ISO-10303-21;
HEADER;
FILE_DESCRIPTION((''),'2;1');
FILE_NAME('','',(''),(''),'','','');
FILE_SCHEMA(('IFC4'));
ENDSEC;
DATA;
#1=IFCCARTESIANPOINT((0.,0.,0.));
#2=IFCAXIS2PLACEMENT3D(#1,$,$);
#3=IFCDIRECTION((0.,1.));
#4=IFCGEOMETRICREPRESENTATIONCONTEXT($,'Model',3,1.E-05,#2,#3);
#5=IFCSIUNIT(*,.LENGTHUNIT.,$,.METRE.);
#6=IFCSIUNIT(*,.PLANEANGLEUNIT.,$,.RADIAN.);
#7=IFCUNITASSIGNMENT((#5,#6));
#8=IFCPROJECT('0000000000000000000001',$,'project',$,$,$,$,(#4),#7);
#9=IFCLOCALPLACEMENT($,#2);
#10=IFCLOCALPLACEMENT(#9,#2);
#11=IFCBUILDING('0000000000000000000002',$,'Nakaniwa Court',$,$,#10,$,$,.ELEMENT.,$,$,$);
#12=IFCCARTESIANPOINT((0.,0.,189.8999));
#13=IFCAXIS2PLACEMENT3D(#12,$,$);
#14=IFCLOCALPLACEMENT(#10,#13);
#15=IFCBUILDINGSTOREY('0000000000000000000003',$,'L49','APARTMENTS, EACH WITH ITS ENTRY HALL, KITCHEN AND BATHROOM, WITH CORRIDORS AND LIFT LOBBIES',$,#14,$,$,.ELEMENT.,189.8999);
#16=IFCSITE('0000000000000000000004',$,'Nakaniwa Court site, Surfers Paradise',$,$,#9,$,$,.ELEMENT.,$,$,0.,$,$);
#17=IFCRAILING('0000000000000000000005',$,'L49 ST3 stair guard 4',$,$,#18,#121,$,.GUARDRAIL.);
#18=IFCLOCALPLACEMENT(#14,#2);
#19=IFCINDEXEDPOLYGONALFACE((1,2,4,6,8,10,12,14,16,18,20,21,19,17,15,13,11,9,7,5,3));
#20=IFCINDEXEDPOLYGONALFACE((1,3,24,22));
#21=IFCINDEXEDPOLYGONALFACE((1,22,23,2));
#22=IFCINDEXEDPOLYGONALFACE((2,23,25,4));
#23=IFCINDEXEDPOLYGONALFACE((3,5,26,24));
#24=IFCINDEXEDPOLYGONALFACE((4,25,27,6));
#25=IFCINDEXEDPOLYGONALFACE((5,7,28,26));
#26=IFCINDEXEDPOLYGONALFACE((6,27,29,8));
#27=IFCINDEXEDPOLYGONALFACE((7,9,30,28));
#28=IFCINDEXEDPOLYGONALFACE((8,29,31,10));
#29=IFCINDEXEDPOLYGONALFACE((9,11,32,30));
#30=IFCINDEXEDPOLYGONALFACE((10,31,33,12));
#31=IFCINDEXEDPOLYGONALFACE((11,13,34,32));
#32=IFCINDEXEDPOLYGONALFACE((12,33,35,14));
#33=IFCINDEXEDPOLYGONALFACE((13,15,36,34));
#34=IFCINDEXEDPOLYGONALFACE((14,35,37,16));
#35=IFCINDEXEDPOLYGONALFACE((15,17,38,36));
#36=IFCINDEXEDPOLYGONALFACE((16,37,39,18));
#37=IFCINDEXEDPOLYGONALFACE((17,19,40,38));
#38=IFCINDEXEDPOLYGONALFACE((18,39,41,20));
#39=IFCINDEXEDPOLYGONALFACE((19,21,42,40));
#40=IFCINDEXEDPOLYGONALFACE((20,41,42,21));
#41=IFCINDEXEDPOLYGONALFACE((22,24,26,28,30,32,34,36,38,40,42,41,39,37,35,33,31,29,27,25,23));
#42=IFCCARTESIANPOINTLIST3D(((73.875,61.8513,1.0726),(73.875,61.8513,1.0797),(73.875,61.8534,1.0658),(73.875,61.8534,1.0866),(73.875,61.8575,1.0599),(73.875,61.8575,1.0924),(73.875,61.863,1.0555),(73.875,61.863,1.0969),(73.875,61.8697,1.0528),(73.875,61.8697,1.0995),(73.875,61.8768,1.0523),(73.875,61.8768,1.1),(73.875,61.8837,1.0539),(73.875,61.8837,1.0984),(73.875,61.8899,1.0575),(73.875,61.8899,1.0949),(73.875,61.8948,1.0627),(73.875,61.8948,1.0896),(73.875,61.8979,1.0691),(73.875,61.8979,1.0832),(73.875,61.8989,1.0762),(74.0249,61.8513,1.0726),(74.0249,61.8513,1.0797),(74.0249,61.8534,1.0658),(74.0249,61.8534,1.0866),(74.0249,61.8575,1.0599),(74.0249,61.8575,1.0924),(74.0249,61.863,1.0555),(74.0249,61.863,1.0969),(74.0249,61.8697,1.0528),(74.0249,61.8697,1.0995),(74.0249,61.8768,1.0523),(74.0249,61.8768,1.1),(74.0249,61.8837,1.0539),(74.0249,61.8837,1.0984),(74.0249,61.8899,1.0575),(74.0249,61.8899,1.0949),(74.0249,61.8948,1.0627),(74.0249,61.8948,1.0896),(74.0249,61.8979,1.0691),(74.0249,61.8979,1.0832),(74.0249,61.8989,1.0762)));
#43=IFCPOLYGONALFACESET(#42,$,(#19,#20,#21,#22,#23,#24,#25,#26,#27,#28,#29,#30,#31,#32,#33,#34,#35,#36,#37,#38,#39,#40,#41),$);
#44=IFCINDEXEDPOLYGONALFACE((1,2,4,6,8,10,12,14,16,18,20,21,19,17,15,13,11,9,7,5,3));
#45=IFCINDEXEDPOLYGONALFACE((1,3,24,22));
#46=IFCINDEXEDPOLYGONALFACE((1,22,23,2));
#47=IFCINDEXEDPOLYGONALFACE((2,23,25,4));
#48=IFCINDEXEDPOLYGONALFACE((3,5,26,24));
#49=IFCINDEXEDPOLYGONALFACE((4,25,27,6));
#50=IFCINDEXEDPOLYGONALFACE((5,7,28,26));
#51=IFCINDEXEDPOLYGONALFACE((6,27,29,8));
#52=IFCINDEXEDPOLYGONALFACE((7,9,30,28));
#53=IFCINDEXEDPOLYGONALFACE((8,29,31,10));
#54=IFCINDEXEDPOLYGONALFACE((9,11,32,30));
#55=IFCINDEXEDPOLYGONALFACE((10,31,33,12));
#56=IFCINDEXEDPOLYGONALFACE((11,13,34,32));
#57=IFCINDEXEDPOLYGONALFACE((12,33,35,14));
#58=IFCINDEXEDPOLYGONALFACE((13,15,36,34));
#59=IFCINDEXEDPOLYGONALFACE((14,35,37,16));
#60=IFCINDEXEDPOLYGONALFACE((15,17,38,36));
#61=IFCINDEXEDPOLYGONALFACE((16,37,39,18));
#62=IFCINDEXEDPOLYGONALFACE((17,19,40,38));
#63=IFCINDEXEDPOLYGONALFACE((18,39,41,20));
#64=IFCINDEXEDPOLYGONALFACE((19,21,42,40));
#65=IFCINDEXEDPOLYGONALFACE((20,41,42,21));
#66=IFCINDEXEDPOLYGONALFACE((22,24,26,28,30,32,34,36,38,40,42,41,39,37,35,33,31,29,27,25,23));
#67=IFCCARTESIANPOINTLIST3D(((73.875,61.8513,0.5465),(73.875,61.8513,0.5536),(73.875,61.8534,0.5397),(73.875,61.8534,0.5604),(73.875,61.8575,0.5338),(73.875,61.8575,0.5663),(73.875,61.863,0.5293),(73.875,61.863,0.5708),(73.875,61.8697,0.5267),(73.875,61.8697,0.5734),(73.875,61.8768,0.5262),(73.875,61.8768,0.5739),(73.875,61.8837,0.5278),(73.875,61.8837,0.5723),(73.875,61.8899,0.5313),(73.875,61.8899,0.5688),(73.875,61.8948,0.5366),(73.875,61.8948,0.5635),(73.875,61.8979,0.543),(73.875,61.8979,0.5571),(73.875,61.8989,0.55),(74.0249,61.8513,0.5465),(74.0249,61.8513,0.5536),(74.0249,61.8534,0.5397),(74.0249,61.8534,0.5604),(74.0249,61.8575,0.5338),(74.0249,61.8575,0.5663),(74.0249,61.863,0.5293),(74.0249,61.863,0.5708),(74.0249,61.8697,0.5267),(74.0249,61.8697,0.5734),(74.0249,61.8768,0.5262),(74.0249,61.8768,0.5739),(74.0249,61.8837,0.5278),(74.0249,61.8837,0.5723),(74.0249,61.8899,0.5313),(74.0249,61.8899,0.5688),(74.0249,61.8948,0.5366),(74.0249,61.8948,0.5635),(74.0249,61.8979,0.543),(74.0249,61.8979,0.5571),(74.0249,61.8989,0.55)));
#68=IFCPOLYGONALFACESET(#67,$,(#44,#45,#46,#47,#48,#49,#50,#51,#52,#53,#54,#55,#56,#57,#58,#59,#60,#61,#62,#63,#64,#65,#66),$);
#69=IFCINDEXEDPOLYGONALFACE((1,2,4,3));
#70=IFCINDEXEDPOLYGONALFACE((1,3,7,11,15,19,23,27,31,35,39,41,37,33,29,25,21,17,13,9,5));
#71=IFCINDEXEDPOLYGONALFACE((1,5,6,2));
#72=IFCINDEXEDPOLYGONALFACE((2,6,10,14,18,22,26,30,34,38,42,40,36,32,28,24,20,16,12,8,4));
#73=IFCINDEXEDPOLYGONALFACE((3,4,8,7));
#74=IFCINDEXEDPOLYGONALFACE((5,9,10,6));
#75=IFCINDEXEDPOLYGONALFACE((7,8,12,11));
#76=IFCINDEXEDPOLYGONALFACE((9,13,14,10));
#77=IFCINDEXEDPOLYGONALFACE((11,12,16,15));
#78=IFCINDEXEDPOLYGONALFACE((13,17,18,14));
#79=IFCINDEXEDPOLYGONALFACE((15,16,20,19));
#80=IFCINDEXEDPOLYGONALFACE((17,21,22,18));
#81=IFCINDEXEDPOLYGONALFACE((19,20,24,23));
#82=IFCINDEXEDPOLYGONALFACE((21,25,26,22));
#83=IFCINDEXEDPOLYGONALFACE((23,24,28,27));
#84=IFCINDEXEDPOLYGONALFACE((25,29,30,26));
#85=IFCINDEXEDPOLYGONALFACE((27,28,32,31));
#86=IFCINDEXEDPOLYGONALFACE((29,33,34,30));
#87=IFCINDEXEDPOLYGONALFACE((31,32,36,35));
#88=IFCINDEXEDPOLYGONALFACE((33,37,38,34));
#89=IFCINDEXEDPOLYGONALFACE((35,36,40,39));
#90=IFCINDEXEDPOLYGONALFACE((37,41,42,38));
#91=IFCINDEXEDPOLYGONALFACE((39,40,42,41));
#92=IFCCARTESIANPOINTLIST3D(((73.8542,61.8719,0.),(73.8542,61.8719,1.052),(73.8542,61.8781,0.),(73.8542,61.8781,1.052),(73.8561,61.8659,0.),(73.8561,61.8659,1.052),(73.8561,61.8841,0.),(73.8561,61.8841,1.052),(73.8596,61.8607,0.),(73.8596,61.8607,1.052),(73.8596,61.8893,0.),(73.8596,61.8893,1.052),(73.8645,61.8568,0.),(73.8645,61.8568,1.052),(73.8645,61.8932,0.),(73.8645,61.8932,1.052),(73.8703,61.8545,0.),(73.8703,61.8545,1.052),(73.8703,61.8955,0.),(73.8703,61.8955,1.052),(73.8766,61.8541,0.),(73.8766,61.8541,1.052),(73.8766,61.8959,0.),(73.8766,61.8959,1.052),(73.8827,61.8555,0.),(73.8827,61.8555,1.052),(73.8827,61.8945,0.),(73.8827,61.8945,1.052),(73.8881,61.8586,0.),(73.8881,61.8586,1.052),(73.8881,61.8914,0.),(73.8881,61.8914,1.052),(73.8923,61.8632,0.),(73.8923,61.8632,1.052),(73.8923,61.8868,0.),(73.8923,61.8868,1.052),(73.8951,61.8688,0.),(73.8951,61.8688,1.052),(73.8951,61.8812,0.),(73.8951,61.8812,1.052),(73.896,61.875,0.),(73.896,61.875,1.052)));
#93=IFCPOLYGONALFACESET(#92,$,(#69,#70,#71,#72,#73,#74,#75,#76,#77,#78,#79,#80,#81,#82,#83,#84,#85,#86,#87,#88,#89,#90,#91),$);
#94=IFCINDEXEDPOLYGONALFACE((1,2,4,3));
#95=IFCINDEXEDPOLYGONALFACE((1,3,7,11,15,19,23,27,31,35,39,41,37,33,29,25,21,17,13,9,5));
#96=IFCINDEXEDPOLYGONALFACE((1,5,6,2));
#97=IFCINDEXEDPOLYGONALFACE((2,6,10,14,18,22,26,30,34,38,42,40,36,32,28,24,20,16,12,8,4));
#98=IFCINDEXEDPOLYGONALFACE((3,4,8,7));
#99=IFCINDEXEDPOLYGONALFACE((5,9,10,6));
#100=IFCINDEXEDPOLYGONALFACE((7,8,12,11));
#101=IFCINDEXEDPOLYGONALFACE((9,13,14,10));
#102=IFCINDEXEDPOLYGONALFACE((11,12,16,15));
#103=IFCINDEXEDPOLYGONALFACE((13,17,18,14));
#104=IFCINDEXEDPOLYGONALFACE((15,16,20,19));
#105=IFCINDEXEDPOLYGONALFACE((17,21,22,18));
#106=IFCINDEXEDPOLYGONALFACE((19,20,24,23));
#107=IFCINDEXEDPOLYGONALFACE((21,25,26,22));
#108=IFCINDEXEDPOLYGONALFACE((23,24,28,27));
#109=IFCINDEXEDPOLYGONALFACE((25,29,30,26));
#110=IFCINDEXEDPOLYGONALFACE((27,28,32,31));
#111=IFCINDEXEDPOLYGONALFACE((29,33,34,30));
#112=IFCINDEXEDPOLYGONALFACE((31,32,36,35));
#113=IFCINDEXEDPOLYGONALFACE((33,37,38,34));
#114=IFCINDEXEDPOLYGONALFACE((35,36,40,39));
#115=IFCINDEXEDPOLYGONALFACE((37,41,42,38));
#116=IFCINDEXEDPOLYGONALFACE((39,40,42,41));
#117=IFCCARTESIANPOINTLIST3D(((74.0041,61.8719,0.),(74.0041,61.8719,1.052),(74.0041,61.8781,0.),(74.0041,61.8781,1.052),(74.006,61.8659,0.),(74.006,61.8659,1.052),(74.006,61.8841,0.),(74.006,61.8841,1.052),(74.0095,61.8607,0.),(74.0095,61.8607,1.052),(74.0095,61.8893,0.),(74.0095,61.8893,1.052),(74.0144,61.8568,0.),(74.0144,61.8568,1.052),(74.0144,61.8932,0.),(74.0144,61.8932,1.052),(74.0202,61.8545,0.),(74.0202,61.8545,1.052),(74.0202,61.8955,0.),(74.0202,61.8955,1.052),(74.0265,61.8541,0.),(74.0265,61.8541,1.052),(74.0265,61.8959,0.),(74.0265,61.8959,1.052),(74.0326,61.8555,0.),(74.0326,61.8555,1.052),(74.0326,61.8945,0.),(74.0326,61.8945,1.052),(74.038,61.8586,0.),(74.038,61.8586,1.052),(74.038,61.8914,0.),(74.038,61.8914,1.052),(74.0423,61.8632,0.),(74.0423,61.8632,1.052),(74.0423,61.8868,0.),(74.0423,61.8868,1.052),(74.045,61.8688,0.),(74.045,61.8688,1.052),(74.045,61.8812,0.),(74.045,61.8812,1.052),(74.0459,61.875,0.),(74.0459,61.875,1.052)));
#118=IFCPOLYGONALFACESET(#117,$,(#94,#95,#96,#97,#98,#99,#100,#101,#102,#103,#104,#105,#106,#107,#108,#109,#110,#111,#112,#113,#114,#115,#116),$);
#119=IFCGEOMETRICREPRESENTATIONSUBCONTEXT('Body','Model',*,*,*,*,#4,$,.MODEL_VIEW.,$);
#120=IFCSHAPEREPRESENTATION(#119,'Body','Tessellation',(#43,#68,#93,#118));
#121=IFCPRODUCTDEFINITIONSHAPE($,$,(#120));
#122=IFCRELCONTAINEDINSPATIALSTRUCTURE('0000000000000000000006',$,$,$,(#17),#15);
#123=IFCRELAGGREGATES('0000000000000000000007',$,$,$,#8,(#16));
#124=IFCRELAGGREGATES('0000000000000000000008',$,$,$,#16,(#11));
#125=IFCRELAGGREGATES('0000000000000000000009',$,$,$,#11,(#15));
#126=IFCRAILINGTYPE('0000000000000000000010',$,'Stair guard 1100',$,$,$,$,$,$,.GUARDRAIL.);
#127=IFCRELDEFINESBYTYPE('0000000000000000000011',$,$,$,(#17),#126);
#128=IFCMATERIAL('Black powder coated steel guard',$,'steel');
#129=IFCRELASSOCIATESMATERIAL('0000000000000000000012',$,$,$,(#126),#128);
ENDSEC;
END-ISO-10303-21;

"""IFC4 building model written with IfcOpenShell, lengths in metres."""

from ifc_helpers import new_model, si_unit, direction, frame, origin, origin_2d, place, context, subcontext, project, spatial, circle, extrude, material, type_object, element, save


model = new_model("IFC4")

# Units and contexts
model_context = context("Model", 3, precision=1e-05, world=origin(), true_north=direction((0.0, 1.0)))
body_context = subcontext(model_context, "Body", "Model", "MODEL_VIEW")
ifc_project = project(units=[si_unit("LENGTHUNIT", "METRE"), si_unit("PLANEANGLEUNIT", "RADIAN")], contexts=[model_context])

# Site, building, storey
site_placement = place(None, origin())
site = spatial("IfcSite", under=ifc_project, at=site_placement, Name="Nakaniwa Court site, Surfers Paradise", CompositionType="ELEMENT", RefElevation=0.0)
building_placement = place(site_placement, origin())
building = spatial("IfcBuilding", under=site, at=building_placement, Name="Nakaniwa Court", CompositionType="ELEMENT")
storey_placement = place(building_placement, frame((0.0, 0.0, 189.8999)))
storey = spatial("IfcBuildingStorey", under=building, at=storey_placement, Name="L49", Description="APARTMENTS, EACH WITH ITS ENTRY HALL, KITCHEN AND BATHROOM, WITH CORRIDORS AND LIFT LOBBIES", CompositionType="ELEMENT", Elevation=189.8999)

# Railing
ifc_material_1 = material(Name="Black powder coated steel guard", Category="steel")
railing_type_1 = type_object("IfcRailingType", Name="Stair guard 1100", PredefinedType="GUARDRAIL", material=ifc_material_1)
railing_1_placement = place(storey_placement, frame((73.875, 61.875, 0.0)))
element("IfcRailing", 1, at=railing_1_placement, inside=storey, type_object=railing_type_1, Name="L49 ST3 stair guard 4", PredefinedType="GUARDRAIL", context=body_context, shape_type="SweptSolid", body=[
    extrude(circle(Radius=0.0239, at=origin_2d()), frame((0.0, 0.0, 1.0762), z_axis=(1.0, 0.0, 0.0), x_axis=(0.0, 1.0, 0.0)), (0.0, 0.0, 1.0), 0.1499),
    extrude(circle(Radius=0.0239, at=origin_2d()), frame((0.0, 0.0, 0.55), z_axis=(1.0, 0.0, 0.0), x_axis=(0.0, 1.0, 0.0)), (0.0, 0.0, 1.0), 0.1499),
    extrude(circle(Radius=0.021, at=origin_2d()), origin(), (0.0, 0.0, 1.0), 1.052),
    extrude(circle(Radius=0.021, at=origin_2d()), frame((0.1499, 0.0, 0.0)), (0.0, 0.0, 1.0), 1.052),
])

save(model, "model.ifc")
